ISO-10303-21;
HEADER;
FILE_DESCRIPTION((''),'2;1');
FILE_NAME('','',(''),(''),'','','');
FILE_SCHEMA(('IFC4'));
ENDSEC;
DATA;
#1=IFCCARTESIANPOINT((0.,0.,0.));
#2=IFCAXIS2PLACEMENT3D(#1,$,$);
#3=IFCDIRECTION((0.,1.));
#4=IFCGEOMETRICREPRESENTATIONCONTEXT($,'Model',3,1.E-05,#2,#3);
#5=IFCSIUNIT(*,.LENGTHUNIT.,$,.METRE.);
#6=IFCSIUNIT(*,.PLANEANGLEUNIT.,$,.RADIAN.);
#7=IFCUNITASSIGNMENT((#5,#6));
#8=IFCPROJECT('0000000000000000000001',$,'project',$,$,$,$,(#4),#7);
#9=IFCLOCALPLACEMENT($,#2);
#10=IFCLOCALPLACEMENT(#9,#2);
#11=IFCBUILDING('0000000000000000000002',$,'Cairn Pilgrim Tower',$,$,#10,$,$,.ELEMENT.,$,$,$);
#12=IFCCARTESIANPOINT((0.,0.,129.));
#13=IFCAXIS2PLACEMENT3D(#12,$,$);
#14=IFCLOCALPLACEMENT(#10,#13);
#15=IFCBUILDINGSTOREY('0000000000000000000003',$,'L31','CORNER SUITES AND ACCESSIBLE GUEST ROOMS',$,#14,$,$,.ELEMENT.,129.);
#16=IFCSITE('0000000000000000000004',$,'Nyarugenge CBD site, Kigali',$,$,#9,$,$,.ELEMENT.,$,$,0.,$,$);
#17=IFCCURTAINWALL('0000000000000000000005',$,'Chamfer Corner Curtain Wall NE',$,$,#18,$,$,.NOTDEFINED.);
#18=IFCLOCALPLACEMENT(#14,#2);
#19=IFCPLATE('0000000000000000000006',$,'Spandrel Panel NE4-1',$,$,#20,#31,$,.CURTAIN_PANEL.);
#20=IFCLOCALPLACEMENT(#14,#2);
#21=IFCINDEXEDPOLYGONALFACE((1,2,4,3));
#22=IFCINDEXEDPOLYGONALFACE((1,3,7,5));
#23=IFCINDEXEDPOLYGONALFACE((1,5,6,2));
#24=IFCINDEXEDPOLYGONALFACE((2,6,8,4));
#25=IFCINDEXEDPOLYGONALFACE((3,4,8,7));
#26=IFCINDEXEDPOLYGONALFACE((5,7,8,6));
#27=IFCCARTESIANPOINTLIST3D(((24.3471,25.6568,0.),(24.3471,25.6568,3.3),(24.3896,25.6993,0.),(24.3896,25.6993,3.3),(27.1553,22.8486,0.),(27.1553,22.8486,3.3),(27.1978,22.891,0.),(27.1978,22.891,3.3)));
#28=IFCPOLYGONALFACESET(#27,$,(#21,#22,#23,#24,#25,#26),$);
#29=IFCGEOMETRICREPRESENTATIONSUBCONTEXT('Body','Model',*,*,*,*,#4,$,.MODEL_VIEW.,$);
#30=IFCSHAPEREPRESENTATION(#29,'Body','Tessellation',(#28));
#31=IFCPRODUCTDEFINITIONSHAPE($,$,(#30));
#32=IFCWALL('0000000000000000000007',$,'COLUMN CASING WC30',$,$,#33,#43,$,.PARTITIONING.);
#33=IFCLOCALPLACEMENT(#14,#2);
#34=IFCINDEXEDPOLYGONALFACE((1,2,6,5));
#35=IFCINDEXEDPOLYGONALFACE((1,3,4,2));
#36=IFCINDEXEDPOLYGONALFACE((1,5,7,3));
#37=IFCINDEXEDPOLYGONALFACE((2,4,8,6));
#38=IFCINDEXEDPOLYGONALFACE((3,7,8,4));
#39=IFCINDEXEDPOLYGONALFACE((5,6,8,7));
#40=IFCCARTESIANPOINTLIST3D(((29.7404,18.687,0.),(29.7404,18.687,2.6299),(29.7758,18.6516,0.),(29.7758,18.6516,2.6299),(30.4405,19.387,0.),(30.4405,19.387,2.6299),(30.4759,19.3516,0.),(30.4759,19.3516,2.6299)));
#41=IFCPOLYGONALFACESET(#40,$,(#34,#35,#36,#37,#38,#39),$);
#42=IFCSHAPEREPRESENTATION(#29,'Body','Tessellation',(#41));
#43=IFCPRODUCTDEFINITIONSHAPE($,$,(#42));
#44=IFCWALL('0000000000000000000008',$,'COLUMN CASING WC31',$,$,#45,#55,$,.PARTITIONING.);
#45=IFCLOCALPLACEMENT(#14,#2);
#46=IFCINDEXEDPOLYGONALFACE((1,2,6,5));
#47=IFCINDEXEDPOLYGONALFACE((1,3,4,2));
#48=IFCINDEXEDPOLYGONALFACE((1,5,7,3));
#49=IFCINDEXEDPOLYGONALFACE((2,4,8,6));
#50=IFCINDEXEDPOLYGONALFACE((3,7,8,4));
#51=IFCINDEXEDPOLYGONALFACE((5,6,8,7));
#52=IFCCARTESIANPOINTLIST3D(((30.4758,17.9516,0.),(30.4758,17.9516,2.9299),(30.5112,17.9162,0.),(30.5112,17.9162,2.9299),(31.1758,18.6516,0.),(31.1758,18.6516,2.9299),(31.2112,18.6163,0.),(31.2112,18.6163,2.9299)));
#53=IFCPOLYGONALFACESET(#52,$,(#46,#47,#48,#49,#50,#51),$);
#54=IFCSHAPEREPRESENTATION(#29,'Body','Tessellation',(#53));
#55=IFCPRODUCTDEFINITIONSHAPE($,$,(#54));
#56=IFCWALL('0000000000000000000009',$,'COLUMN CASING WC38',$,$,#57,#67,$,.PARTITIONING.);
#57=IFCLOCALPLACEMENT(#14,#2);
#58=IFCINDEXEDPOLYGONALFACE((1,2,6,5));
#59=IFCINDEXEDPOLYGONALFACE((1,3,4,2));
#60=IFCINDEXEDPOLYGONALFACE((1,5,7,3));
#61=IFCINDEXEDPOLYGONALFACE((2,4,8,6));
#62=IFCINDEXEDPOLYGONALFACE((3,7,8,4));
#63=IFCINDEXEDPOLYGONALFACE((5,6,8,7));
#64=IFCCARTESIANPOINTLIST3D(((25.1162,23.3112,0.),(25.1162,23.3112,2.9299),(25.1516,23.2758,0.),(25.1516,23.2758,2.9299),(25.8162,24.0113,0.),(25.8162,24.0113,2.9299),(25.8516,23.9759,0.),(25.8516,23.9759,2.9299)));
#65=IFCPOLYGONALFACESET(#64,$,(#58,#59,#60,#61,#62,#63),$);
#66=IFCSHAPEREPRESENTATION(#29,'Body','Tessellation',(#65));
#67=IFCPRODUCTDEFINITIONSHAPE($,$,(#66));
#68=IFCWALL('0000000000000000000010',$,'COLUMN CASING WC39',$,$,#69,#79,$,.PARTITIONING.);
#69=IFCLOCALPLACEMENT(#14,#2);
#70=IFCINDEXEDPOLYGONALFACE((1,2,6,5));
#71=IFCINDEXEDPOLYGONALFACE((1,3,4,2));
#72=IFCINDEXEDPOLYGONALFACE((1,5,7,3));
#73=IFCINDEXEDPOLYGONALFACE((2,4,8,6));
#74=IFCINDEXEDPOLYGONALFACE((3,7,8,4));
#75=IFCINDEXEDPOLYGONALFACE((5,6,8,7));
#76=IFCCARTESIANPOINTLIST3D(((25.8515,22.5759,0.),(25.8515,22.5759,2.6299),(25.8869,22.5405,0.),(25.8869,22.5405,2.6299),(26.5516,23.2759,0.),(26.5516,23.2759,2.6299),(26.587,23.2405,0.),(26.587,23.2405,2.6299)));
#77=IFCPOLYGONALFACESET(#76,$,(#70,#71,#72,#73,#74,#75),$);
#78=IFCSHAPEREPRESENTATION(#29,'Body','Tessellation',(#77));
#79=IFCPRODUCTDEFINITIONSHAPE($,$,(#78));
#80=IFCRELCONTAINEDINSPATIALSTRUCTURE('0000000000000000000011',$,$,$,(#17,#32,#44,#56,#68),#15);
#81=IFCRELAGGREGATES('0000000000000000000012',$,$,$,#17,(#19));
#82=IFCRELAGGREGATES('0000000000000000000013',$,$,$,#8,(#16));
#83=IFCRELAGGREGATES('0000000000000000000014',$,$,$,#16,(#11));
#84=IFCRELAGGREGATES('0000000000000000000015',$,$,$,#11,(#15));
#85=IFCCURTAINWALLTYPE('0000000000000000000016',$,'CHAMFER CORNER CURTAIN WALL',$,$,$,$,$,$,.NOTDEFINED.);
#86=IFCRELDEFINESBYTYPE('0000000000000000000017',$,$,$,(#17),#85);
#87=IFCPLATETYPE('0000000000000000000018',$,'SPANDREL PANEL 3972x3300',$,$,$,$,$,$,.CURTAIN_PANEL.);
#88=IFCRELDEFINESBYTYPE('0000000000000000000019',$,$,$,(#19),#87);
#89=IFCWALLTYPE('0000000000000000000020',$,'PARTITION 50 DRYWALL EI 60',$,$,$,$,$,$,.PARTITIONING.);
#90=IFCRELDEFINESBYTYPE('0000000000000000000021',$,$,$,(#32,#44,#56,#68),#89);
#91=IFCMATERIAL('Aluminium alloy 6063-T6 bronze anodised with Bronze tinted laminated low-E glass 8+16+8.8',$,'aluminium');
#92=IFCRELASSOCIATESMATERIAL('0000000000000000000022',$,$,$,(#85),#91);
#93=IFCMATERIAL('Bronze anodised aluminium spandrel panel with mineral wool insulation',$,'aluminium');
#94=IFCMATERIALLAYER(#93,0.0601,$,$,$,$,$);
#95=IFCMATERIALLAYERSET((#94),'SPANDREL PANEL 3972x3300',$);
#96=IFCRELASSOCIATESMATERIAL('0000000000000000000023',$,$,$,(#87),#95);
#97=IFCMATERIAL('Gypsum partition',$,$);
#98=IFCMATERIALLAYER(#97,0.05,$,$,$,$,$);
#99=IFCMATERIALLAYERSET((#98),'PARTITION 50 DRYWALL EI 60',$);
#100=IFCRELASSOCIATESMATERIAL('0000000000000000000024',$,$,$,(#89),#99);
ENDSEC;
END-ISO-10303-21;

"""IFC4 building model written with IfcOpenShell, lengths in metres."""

from ifc_helpers import new_model, si_unit, direction, frame, frame_2d, origin, origin_2d, place, context, subcontext, project, spatial, rectangle, extrude, material, layer, layer_set, type_object, element, aggregate, save


model = new_model("IFC4")

# Units and contexts
model_context = context("Model", 3, precision=1e-05, world=origin(), true_north=direction((0.0, 1.0)))
body_context = subcontext(model_context, "Body", "Model", "MODEL_VIEW")
ifc_project = project(units=[si_unit("LENGTHUNIT", "METRE"), si_unit("PLANEANGLEUNIT", "RADIAN")], contexts=[model_context])

# Site, building, storey
site_placement = place(None, origin())
site = spatial("IfcSite", under=ifc_project, at=site_placement, Name="Nyarugenge CBD site, Kigali", CompositionType="ELEMENT", RefElevation=0.0)
building_placement = place(site_placement, origin())
building = spatial("IfcBuilding", under=site, at=building_placement, Name="Cairn Pilgrim Tower", CompositionType="ELEMENT")
storey_placement = place(building_placement, frame((0.0, 0.0, 129.0)))
storey = spatial("IfcBuildingStorey", under=building, at=storey_placement, Name="L31", Description="CORNER SUITES AND ACCESSIBLE GUEST ROOMS", CompositionType="ELEMENT", Elevation=129.0)

# Curtain wall
ifc_material_1 = material(Name="Aluminium alloy 6063-T6 bronze anodised with Bronze tinted laminated low-E glass 8+16+8.8", Category="aluminium")
curtain_wall_type_1 = type_object("IfcCurtainWallType", Name="CHAMFER CORNER CURTAIN WALL", PredefinedType="NOTDEFINED", material=ifc_material_1)
curtain_wall_1_placement = place(storey_placement, origin())
curtain_wall_1 = element("IfcCurtainWall", 1, at=curtain_wall_1_placement, inside=storey, type_object=curtain_wall_type_1, Name="Chamfer Corner Curtain Wall NE", PredefinedType="NOTDEFINED")

# Plate
ifc_material_2 = material(Name="Bronze anodised aluminium spandrel panel with mineral wool insulation", Category="aluminium")
ifc_layer_1 = layer(ifc_material_2, 0.0601)
ifc_layer_set_1 = layer_set([ifc_layer_1], Name="SPANDREL PANEL 3972x3300")
plate_type = type_object("IfcPlateType", Name="SPANDREL PANEL 3972x3300", PredefinedType="CURTAIN_PANEL", material=ifc_layer_set_1)
plate_1_placement = place(storey_placement, frame((25.7725, 24.2739, 0.0), z_axis=(0.0, 0.0, 1.0), x_axis=(-0.707107, 0.707107, 0.0)))
plate_1 = element("IfcPlate", 2, at=plate_1_placement, type_object=plate_type, Name="Spandrel Panel NE4-1", PredefinedType="CURTAIN_PANEL", context=body_context, shape_type="SweptSolid", body=[
    extrude(rectangle(XDim=3.9714, YDim=0.0601, at=origin_2d()), origin(), (0.0, 0.0, 1.0), 3.3),
])
aggregate(curtain_wall_1, [plate_1])

# Walls
ifc_material_3 = material(Name="Gypsum partition")
ifc_layer_2 = layer(ifc_material_3, 0.05)
ifc_layer_set_2 = layer_set([ifc_layer_2], Name="PARTITION 50 DRYWALL EI 60")
wall_type_1 = type_object("IfcWallType", Name="PARTITION 50 DRYWALL EI 60", PredefinedType="PARTITIONING", material=ifc_layer_set_2)
wall_1_placement = place(storey_placement, frame((29.7581, 18.6692, 0.0), z_axis=(0.0, 0.0, 1.0), x_axis=(0.707107, 0.707107, 0.0)))
element("IfcWall", 3, at=wall_1_placement, inside=storey, type_object=wall_type_1, Name="COLUMN CASING WC30", PredefinedType="PARTITIONING", context=body_context, shape_type="SweptSolid", body=[
    extrude(rectangle(XDim=0.99, YDim=0.05, at=frame_2d((0.4951, 0.0))), origin(), (0.0, 0.0, 1.0), 2.6299),
])
for number, where, z_axis, x_axis, name in (
    (4, (30.4934, 17.9338, 0.0), (0.0, 0.0, 1.0), (0.707107, 0.707107, 0.0), "COLUMN CASING WC31"),
    (5, (25.1338, 23.2935, 0.0), (0.0, 0.0, 1.0), (0.707107, 0.707107, 0.0), "COLUMN CASING WC38"),
):
    element("IfcWall", number, at=place(storey_placement, frame(where, z_axis=z_axis, x_axis=x_axis)), inside=storey, type_object=wall_type_1, Name=name, PredefinedType="PARTITIONING", context=body_context, shape_type="SweptSolid", body=[
        extrude(rectangle(XDim=0.99, YDim=0.05, at=frame_2d((0.4951, 0.0))), origin(), (0.0, 0.0, 1.0), 2.9299),
    ])
wall_2_placement = place(storey_placement, frame((25.8691, 22.5581, 0.0), z_axis=(0.0, 0.0, 1.0), x_axis=(0.707107, 0.707107, 0.0)))
element("IfcWall", 6, at=wall_2_placement, inside=storey, type_object=wall_type_1, Name="COLUMN CASING WC39", PredefinedType="PARTITIONING", context=body_context, shape_type="SweptSolid", body=[
    extrude(rectangle(XDim=0.99, YDim=0.05, at=frame_2d((0.4951, 0.0))), origin(), (0.0, 0.0, 1.0), 2.6299),
])

save(model, "model.ifc")
